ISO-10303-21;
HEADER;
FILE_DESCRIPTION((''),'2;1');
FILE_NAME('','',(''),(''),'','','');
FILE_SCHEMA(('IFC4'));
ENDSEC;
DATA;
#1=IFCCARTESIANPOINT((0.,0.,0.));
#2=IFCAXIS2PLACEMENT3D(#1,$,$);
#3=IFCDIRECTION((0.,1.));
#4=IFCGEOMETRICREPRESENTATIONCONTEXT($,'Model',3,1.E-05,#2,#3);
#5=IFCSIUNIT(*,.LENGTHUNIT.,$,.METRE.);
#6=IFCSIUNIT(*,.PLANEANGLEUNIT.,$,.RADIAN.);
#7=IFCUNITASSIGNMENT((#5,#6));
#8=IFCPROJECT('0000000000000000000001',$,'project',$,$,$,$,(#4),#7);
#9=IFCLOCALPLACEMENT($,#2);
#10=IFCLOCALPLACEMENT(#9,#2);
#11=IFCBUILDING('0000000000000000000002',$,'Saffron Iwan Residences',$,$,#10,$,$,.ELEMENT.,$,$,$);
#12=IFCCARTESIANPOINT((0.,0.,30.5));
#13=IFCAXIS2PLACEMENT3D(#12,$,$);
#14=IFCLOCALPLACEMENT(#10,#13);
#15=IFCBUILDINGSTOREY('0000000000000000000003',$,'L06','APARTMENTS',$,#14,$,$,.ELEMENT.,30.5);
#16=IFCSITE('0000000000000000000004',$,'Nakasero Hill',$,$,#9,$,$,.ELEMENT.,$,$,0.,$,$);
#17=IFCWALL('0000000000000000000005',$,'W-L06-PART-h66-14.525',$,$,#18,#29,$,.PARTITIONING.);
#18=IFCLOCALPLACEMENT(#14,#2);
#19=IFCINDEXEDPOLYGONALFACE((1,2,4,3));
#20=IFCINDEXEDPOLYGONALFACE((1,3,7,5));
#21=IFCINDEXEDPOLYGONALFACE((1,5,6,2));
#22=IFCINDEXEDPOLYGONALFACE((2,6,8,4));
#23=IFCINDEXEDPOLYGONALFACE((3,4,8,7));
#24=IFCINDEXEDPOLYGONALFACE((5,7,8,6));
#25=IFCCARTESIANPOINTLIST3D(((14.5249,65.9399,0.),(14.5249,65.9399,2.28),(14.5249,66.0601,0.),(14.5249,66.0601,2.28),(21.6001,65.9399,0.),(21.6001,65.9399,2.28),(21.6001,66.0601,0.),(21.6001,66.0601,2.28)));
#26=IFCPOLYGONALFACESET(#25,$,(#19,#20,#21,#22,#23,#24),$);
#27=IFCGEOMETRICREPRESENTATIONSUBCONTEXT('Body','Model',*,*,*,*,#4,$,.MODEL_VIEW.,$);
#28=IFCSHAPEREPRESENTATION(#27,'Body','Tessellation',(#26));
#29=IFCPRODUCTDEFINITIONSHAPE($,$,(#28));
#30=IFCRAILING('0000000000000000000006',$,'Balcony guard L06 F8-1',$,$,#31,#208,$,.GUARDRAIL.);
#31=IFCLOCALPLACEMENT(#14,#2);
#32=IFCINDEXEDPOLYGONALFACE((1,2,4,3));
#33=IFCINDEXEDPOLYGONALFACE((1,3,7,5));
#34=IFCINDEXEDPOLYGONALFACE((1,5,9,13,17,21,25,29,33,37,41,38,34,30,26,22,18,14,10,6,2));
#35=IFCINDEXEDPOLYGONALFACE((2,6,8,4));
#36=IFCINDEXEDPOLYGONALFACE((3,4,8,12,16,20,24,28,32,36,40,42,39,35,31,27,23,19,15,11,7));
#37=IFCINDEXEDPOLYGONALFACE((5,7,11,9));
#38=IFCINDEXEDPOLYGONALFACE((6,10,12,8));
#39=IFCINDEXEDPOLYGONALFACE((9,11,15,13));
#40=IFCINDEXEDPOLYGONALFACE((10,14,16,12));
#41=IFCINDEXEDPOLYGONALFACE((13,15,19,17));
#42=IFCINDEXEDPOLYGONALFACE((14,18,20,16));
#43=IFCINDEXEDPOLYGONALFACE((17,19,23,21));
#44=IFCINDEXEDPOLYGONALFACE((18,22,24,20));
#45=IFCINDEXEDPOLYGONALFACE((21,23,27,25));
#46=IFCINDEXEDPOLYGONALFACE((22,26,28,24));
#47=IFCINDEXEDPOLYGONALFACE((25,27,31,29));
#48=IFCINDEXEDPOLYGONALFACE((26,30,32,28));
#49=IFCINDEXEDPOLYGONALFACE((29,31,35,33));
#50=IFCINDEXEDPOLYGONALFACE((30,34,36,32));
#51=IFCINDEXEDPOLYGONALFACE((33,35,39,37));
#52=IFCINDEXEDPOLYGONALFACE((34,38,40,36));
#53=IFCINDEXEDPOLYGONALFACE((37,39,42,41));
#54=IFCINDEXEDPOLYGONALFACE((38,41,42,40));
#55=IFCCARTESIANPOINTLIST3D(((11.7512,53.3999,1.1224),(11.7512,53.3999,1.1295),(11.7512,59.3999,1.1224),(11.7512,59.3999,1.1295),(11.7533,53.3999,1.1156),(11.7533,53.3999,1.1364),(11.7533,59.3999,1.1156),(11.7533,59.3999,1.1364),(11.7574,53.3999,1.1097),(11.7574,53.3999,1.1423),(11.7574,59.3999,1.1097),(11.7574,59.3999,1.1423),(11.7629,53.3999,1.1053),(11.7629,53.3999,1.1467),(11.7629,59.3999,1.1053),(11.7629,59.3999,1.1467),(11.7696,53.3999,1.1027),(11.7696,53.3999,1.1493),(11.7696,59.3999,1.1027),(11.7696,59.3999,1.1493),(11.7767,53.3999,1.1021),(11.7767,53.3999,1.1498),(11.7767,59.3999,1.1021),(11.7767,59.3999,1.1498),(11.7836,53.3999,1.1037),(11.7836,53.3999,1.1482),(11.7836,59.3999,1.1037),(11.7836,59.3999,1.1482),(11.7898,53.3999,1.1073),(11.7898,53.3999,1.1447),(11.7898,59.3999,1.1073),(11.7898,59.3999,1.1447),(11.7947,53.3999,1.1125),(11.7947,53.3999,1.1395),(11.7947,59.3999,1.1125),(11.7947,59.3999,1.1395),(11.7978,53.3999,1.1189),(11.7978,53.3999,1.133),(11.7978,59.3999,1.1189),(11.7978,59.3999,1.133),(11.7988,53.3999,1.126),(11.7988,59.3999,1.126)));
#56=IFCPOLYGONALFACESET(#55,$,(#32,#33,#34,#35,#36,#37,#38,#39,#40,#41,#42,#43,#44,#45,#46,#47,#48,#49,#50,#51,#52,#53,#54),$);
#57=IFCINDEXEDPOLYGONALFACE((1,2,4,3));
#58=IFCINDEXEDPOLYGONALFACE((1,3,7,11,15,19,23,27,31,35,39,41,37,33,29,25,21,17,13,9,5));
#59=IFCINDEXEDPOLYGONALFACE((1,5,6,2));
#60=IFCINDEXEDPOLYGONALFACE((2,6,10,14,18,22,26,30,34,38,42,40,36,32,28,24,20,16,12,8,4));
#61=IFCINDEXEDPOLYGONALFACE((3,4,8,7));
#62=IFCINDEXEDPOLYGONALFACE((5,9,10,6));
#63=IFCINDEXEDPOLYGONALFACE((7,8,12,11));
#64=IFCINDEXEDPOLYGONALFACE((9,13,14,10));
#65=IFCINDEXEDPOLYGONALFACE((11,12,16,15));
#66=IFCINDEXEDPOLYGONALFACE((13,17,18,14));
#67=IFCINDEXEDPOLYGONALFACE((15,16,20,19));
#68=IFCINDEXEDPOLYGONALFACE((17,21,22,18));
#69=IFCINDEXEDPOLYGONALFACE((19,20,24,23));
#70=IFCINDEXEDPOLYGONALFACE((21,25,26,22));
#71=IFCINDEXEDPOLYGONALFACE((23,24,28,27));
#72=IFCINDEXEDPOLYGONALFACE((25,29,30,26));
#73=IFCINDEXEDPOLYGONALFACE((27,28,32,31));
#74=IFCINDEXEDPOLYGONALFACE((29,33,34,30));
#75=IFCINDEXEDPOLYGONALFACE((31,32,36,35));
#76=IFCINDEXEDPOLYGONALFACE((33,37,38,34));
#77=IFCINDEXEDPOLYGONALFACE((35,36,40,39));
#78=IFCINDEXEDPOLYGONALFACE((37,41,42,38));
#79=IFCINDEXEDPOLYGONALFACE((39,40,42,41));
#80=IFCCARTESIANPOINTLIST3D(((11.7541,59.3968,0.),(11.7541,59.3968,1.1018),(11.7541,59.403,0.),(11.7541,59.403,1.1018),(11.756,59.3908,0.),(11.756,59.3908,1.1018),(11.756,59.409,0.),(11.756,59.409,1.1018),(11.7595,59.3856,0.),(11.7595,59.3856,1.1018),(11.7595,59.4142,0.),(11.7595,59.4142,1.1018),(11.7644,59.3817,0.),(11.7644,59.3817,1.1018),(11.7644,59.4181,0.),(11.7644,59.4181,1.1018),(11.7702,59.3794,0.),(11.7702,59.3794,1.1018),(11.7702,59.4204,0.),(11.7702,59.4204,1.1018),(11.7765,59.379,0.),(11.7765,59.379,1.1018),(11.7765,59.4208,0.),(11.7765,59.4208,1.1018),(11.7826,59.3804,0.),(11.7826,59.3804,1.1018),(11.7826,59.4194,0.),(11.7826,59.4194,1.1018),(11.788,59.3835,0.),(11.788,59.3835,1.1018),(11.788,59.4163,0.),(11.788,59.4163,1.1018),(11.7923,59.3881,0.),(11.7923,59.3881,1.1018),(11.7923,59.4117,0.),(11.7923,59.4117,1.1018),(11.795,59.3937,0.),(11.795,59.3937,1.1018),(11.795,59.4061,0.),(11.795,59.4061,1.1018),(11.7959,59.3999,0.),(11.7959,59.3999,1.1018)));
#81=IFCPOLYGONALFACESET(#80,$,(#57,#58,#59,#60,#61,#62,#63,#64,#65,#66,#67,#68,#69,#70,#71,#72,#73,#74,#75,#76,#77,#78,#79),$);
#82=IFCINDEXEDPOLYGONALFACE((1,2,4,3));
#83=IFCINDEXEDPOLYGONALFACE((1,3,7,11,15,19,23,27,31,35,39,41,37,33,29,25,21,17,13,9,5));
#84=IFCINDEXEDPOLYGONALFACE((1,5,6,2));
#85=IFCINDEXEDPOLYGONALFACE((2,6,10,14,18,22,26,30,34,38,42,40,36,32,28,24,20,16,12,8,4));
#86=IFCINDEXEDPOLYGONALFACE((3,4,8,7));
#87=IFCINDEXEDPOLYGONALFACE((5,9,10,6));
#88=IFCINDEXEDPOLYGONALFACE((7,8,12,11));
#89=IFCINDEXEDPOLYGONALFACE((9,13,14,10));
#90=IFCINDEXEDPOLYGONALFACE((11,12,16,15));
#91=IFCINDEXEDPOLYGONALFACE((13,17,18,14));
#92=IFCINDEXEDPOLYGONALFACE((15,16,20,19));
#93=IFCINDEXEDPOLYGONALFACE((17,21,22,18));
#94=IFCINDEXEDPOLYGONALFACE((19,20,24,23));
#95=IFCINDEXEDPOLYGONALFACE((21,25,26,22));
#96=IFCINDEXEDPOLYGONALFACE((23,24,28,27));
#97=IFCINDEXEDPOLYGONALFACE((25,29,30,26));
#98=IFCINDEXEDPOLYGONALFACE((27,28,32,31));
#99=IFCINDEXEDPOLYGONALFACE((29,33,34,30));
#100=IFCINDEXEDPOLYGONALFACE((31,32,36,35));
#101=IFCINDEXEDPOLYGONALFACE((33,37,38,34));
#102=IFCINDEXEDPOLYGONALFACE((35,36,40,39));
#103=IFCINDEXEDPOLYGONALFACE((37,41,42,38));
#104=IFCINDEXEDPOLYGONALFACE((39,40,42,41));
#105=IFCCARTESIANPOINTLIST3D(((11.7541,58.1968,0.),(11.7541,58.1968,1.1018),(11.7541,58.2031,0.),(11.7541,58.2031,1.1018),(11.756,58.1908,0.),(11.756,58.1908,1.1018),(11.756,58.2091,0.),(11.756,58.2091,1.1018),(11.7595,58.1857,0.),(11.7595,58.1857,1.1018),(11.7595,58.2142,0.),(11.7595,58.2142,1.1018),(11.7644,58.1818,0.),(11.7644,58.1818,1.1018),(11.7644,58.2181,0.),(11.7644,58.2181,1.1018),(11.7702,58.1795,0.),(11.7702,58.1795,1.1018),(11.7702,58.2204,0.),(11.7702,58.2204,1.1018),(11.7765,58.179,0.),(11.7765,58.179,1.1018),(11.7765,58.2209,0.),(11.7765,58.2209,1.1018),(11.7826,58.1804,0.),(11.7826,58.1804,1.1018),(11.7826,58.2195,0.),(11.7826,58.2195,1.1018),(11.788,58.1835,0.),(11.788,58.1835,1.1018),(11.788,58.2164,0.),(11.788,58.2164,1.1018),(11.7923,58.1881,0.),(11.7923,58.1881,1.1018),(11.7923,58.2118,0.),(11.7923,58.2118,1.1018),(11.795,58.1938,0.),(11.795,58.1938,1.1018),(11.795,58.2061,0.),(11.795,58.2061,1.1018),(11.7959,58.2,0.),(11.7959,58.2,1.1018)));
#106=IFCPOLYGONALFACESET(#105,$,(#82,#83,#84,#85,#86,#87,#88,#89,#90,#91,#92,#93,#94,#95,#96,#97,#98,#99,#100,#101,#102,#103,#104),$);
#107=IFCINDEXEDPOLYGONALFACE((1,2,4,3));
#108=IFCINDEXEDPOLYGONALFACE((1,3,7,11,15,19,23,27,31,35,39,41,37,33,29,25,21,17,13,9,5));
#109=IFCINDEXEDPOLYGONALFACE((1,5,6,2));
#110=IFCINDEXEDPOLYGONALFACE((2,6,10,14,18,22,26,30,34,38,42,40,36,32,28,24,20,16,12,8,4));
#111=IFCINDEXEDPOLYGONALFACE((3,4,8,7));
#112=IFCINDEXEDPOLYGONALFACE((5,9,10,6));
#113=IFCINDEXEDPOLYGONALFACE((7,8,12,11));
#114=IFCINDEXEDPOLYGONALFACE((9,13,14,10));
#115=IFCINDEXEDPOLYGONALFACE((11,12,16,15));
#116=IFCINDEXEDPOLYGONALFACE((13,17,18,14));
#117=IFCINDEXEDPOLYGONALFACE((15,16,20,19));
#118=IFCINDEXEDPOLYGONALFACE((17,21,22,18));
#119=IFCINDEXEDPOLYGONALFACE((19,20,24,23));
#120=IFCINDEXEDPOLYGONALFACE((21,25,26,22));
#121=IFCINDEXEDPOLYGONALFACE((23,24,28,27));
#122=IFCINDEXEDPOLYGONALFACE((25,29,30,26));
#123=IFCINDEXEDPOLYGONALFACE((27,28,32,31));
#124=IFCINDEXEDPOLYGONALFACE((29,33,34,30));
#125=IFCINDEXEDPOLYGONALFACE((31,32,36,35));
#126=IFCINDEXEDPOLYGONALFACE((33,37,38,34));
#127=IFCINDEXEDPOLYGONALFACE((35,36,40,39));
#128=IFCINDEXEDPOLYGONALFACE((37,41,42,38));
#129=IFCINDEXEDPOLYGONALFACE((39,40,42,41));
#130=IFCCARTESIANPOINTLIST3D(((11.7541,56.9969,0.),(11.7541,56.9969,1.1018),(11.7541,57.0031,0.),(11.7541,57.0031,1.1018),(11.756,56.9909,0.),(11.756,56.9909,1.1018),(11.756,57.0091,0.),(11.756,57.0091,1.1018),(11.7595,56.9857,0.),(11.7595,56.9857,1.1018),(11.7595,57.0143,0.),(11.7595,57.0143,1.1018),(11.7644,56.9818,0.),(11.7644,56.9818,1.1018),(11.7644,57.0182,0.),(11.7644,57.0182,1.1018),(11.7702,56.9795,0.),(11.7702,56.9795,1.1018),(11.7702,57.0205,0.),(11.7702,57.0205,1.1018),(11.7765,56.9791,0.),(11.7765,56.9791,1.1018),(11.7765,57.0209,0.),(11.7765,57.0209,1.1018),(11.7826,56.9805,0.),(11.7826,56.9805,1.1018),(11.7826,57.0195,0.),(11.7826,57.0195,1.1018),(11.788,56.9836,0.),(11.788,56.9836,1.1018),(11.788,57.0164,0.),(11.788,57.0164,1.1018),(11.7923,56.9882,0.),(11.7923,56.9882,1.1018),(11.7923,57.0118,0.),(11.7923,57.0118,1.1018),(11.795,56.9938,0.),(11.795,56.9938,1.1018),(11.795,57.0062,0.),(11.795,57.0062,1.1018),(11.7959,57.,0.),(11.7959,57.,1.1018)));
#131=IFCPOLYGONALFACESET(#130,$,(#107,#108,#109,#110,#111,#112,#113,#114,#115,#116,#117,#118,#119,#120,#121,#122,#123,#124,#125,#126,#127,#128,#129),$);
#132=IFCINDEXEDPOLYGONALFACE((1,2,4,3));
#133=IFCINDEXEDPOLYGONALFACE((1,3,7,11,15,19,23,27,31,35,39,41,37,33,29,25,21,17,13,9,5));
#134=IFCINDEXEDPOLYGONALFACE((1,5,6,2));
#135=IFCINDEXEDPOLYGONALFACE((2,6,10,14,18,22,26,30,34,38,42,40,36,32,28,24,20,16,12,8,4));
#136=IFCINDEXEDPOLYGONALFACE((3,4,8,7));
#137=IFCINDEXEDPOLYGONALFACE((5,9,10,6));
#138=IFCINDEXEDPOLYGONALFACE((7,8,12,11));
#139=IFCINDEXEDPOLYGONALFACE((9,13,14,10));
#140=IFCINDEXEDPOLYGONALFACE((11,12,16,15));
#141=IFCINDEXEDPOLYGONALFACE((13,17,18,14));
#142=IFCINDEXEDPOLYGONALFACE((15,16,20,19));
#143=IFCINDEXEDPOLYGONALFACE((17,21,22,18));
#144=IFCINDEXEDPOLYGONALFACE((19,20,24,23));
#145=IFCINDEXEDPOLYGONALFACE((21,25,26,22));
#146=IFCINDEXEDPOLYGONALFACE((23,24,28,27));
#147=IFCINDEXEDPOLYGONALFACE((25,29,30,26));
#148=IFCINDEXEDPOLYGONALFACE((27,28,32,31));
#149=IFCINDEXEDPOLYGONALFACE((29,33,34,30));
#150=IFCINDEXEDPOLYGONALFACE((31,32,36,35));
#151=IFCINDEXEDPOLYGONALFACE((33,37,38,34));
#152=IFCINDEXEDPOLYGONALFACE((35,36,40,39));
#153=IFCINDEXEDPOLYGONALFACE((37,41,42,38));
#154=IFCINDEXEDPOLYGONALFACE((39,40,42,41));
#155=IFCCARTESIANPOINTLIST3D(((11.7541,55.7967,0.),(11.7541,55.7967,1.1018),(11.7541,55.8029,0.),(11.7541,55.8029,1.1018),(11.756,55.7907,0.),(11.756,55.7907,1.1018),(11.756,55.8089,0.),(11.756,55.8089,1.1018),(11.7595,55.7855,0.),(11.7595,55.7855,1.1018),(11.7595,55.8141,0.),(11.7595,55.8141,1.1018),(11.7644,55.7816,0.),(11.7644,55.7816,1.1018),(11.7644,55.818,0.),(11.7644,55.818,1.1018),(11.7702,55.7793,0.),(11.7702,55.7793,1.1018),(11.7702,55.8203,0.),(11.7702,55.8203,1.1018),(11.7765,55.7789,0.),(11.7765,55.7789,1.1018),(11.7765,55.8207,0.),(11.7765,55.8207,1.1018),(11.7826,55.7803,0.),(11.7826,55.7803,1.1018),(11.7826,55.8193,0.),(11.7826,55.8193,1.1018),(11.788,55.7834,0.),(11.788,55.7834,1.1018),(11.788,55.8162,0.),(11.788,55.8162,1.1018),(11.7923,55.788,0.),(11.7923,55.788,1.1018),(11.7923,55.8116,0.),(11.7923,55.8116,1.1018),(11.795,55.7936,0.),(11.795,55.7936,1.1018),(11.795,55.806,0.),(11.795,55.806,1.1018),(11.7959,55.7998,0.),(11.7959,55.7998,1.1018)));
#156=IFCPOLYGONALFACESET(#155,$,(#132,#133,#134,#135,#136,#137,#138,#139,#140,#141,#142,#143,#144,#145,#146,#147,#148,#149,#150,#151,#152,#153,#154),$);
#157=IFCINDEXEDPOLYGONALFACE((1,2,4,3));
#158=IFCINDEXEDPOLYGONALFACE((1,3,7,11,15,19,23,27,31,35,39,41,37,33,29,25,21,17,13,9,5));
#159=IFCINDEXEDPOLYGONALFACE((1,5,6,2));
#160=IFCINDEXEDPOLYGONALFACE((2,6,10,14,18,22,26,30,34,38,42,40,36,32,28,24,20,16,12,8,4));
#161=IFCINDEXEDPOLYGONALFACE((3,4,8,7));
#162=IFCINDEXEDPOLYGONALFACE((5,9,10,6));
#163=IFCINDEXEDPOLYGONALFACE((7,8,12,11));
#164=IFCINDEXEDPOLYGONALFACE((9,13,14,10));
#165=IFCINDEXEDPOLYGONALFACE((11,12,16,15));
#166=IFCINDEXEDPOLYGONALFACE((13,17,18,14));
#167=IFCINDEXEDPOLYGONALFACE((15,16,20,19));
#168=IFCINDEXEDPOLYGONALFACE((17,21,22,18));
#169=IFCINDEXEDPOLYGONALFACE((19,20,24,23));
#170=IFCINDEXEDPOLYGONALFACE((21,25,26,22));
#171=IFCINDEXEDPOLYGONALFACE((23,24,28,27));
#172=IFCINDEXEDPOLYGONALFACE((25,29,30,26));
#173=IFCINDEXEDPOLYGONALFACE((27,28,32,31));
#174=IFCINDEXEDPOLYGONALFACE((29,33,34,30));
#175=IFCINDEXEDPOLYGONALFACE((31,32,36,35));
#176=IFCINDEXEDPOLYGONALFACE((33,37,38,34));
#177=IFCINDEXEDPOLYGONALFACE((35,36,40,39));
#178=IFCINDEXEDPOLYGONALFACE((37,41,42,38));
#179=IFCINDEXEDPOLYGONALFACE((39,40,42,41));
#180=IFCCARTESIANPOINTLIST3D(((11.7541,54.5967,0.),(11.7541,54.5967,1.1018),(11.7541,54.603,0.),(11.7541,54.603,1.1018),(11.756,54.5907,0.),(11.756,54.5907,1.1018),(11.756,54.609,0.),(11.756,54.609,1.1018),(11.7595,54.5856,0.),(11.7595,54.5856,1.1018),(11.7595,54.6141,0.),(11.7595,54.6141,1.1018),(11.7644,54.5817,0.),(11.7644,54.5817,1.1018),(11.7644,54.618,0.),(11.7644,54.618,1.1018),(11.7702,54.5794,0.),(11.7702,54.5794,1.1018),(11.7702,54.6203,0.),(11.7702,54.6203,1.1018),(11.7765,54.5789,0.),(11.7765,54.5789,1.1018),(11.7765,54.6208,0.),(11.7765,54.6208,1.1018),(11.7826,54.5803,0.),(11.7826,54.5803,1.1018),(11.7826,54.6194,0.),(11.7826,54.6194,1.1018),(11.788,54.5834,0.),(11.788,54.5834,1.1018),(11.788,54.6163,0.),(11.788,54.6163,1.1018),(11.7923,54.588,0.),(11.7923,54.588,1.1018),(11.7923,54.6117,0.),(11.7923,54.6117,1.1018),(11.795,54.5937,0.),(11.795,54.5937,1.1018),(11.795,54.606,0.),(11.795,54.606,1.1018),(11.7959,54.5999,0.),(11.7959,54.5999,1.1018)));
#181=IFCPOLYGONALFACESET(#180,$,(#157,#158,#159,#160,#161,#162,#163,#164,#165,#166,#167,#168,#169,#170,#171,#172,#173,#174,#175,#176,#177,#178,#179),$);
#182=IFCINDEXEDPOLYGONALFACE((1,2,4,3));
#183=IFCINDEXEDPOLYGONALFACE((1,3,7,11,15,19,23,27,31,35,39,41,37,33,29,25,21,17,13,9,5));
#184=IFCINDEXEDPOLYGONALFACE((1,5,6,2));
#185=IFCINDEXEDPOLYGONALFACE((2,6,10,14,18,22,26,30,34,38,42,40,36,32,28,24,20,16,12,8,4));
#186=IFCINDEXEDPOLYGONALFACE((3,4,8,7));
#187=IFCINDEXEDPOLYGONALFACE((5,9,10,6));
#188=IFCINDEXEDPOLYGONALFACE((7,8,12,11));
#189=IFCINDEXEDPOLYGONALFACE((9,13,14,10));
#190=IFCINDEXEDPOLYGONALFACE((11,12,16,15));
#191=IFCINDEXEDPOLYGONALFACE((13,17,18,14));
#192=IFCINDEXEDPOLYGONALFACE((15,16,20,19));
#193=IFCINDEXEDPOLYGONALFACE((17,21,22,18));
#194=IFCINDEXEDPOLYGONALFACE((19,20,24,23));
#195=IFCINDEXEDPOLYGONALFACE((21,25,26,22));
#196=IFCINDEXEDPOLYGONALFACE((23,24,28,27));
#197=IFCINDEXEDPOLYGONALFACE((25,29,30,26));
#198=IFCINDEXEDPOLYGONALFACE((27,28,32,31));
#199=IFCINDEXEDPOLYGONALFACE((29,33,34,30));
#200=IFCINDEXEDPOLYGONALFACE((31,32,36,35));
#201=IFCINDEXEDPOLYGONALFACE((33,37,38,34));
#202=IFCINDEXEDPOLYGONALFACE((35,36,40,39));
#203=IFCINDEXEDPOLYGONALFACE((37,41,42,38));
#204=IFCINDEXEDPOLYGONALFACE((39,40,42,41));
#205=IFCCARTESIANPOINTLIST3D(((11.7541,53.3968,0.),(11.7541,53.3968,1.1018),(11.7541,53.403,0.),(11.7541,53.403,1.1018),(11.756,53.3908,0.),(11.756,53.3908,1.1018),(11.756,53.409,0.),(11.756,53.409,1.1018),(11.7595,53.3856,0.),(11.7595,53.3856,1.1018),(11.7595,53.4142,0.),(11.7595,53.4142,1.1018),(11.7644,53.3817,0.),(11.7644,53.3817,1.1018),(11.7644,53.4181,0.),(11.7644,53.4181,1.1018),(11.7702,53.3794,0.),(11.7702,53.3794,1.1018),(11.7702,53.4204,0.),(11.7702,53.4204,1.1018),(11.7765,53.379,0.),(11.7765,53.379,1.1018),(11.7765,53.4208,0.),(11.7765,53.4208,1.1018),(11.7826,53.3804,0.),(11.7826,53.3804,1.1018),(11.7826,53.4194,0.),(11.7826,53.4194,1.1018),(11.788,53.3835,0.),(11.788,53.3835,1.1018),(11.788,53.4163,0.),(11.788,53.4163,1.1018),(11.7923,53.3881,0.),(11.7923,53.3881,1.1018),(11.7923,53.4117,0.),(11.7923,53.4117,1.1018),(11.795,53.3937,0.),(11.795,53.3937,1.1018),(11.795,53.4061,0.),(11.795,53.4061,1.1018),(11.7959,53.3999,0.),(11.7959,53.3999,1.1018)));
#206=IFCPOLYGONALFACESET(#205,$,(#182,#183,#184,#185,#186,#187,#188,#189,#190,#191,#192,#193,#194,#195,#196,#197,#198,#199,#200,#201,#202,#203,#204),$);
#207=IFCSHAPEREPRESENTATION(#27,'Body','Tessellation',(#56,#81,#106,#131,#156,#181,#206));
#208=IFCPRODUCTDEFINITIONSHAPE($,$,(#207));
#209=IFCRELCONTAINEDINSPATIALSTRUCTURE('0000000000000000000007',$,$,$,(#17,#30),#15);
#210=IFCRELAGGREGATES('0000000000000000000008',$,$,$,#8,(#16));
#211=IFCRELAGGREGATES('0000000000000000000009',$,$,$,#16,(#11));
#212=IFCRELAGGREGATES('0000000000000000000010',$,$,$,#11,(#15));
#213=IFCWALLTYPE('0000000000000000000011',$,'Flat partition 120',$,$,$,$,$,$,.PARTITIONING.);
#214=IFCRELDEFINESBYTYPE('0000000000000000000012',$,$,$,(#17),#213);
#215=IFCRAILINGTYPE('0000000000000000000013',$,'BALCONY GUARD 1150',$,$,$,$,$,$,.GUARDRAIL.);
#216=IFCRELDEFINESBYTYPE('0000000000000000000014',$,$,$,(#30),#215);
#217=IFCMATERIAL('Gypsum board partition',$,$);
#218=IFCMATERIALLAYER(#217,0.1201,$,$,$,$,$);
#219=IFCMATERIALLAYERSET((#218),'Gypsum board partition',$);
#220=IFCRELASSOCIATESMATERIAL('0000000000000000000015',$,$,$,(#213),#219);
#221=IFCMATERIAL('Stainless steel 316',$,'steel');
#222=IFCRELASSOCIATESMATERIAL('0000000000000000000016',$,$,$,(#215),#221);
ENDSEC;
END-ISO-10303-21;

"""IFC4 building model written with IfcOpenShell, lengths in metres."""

from ifc_helpers import new_model, si_unit, direction, frame, frame_2d, origin, origin_2d, place, context, subcontext, project, spatial, rectangle, circle, extrude, material, layer, layer_set, type_object, element, save


model = new_model("IFC4")

# Units and contexts
model_context = context("Model", 3, precision=1e-05, world=origin(), true_north=direction((0.0, 1.0)))
body_context = subcontext(model_context, "Body", "Model", "MODEL_VIEW")
ifc_project = project(units=[si_unit("LENGTHUNIT", "METRE"), si_unit("PLANEANGLEUNIT", "RADIAN")], contexts=[model_context])

# Site, building, storey
site_placement = place(None, origin())
site = spatial("IfcSite", under=ifc_project, at=site_placement, Name="Nakasero Hill", CompositionType="ELEMENT", RefElevation=0.0)
building_placement = place(site_placement, origin())
building = spatial("IfcBuilding", under=site, at=building_placement, Name="Saffron Iwan Residences", CompositionType="ELEMENT")
storey_placement = place(building_placement, frame((0.0, 0.0, 30.5)))
storey = spatial("IfcBuildingStorey", under=building, at=storey_placement, Name="L06", Description="APARTMENTS", CompositionType="ELEMENT", Elevation=30.5)

# Wall
ifc_material_1 = material(Name="Gypsum board partition")
ifc_layer_1 = layer(ifc_material_1, 0.1201)
ifc_layer_set_1 = layer_set([ifc_layer_1], Name="Gypsum board partition")
wall_type_1 = type_object("IfcWallType", Name="Flat partition 120", PredefinedType="PARTITIONING", material=ifc_layer_set_1)
for number, where, z_axis, x_axis, name in (
    (1, (14.5249, 66.0, 0.0), (0.0, 0.0, 1.0), (1.0, 0.0, 0.0), "W-L06-PART-h66-14.525"),
):
    element("IfcWall", number, at=place(storey_placement, frame(where, z_axis=z_axis, x_axis=x_axis)), inside=storey, type_object=wall_type_1, Name=name, PredefinedType="PARTITIONING", context=body_context, shape_type="SweptSolid", body=[
        extrude(rectangle(XDim=7.0752, YDim=0.1201, at=frame_2d((3.5376, 0.0))), origin(), (0.0, 0.0, 1.0), 2.28),
    ])

# Railing
ifc_material_2 = material(Name="Stainless steel 316", Category="steel")
railing_type = type_object("IfcRailingType", Name="BALCONY GUARD 1150", PredefinedType="GUARDRAIL", material=ifc_material_2)
railing_placement = place(storey_placement, frame((11.7749, 59.3999, 0.0)))
element("IfcRailing", 2, at=railing_placement, inside=storey, type_object=railing_type, Name="Balcony guard L06 F8-1", PredefinedType="GUARDRAIL", context=body_context, shape_type="SweptSolid", body=[
    extrude(circle(Radius=0.0239, at=origin_2d()), frame((0.0, 0.0, 1.126), z_axis=(0.0, -1.0, 0.0), x_axis=(1.0, 0.0, 0.0)), (0.0, 0.0, 1.0), 6.0),
    extrude(circle(Radius=0.021, at=origin_2d()), origin(), (0.0, 0.0, 1.0), 1.1018),
    extrude(circle(Radius=0.021, at=origin_2d()), frame((0.0, -1.2, 0.0)), (0.0, 0.0, 1.0), 1.1018),
    extrude(circle(Radius=0.021, at=origin_2d()), frame((0.0, -2.3999, 0.0)), (0.0, 0.0, 1.0), 1.1018),
    extrude(circle(Radius=0.021, at=origin_2d()), frame((0.0, -3.6001, 0.0)), (0.0, 0.0, 1.0), 1.1018),
    extrude(circle(Radius=0.021, at=origin_2d()), frame((0.0, -4.8, 0.0)), (0.0, 0.0, 1.0), 1.1018),
    extrude(circle(Radius=0.021, at=origin_2d()), frame((0.0, -6.0, 0.0)), (0.0, 0.0, 1.0), 1.1018),
])

save(model, "model.ifc")
